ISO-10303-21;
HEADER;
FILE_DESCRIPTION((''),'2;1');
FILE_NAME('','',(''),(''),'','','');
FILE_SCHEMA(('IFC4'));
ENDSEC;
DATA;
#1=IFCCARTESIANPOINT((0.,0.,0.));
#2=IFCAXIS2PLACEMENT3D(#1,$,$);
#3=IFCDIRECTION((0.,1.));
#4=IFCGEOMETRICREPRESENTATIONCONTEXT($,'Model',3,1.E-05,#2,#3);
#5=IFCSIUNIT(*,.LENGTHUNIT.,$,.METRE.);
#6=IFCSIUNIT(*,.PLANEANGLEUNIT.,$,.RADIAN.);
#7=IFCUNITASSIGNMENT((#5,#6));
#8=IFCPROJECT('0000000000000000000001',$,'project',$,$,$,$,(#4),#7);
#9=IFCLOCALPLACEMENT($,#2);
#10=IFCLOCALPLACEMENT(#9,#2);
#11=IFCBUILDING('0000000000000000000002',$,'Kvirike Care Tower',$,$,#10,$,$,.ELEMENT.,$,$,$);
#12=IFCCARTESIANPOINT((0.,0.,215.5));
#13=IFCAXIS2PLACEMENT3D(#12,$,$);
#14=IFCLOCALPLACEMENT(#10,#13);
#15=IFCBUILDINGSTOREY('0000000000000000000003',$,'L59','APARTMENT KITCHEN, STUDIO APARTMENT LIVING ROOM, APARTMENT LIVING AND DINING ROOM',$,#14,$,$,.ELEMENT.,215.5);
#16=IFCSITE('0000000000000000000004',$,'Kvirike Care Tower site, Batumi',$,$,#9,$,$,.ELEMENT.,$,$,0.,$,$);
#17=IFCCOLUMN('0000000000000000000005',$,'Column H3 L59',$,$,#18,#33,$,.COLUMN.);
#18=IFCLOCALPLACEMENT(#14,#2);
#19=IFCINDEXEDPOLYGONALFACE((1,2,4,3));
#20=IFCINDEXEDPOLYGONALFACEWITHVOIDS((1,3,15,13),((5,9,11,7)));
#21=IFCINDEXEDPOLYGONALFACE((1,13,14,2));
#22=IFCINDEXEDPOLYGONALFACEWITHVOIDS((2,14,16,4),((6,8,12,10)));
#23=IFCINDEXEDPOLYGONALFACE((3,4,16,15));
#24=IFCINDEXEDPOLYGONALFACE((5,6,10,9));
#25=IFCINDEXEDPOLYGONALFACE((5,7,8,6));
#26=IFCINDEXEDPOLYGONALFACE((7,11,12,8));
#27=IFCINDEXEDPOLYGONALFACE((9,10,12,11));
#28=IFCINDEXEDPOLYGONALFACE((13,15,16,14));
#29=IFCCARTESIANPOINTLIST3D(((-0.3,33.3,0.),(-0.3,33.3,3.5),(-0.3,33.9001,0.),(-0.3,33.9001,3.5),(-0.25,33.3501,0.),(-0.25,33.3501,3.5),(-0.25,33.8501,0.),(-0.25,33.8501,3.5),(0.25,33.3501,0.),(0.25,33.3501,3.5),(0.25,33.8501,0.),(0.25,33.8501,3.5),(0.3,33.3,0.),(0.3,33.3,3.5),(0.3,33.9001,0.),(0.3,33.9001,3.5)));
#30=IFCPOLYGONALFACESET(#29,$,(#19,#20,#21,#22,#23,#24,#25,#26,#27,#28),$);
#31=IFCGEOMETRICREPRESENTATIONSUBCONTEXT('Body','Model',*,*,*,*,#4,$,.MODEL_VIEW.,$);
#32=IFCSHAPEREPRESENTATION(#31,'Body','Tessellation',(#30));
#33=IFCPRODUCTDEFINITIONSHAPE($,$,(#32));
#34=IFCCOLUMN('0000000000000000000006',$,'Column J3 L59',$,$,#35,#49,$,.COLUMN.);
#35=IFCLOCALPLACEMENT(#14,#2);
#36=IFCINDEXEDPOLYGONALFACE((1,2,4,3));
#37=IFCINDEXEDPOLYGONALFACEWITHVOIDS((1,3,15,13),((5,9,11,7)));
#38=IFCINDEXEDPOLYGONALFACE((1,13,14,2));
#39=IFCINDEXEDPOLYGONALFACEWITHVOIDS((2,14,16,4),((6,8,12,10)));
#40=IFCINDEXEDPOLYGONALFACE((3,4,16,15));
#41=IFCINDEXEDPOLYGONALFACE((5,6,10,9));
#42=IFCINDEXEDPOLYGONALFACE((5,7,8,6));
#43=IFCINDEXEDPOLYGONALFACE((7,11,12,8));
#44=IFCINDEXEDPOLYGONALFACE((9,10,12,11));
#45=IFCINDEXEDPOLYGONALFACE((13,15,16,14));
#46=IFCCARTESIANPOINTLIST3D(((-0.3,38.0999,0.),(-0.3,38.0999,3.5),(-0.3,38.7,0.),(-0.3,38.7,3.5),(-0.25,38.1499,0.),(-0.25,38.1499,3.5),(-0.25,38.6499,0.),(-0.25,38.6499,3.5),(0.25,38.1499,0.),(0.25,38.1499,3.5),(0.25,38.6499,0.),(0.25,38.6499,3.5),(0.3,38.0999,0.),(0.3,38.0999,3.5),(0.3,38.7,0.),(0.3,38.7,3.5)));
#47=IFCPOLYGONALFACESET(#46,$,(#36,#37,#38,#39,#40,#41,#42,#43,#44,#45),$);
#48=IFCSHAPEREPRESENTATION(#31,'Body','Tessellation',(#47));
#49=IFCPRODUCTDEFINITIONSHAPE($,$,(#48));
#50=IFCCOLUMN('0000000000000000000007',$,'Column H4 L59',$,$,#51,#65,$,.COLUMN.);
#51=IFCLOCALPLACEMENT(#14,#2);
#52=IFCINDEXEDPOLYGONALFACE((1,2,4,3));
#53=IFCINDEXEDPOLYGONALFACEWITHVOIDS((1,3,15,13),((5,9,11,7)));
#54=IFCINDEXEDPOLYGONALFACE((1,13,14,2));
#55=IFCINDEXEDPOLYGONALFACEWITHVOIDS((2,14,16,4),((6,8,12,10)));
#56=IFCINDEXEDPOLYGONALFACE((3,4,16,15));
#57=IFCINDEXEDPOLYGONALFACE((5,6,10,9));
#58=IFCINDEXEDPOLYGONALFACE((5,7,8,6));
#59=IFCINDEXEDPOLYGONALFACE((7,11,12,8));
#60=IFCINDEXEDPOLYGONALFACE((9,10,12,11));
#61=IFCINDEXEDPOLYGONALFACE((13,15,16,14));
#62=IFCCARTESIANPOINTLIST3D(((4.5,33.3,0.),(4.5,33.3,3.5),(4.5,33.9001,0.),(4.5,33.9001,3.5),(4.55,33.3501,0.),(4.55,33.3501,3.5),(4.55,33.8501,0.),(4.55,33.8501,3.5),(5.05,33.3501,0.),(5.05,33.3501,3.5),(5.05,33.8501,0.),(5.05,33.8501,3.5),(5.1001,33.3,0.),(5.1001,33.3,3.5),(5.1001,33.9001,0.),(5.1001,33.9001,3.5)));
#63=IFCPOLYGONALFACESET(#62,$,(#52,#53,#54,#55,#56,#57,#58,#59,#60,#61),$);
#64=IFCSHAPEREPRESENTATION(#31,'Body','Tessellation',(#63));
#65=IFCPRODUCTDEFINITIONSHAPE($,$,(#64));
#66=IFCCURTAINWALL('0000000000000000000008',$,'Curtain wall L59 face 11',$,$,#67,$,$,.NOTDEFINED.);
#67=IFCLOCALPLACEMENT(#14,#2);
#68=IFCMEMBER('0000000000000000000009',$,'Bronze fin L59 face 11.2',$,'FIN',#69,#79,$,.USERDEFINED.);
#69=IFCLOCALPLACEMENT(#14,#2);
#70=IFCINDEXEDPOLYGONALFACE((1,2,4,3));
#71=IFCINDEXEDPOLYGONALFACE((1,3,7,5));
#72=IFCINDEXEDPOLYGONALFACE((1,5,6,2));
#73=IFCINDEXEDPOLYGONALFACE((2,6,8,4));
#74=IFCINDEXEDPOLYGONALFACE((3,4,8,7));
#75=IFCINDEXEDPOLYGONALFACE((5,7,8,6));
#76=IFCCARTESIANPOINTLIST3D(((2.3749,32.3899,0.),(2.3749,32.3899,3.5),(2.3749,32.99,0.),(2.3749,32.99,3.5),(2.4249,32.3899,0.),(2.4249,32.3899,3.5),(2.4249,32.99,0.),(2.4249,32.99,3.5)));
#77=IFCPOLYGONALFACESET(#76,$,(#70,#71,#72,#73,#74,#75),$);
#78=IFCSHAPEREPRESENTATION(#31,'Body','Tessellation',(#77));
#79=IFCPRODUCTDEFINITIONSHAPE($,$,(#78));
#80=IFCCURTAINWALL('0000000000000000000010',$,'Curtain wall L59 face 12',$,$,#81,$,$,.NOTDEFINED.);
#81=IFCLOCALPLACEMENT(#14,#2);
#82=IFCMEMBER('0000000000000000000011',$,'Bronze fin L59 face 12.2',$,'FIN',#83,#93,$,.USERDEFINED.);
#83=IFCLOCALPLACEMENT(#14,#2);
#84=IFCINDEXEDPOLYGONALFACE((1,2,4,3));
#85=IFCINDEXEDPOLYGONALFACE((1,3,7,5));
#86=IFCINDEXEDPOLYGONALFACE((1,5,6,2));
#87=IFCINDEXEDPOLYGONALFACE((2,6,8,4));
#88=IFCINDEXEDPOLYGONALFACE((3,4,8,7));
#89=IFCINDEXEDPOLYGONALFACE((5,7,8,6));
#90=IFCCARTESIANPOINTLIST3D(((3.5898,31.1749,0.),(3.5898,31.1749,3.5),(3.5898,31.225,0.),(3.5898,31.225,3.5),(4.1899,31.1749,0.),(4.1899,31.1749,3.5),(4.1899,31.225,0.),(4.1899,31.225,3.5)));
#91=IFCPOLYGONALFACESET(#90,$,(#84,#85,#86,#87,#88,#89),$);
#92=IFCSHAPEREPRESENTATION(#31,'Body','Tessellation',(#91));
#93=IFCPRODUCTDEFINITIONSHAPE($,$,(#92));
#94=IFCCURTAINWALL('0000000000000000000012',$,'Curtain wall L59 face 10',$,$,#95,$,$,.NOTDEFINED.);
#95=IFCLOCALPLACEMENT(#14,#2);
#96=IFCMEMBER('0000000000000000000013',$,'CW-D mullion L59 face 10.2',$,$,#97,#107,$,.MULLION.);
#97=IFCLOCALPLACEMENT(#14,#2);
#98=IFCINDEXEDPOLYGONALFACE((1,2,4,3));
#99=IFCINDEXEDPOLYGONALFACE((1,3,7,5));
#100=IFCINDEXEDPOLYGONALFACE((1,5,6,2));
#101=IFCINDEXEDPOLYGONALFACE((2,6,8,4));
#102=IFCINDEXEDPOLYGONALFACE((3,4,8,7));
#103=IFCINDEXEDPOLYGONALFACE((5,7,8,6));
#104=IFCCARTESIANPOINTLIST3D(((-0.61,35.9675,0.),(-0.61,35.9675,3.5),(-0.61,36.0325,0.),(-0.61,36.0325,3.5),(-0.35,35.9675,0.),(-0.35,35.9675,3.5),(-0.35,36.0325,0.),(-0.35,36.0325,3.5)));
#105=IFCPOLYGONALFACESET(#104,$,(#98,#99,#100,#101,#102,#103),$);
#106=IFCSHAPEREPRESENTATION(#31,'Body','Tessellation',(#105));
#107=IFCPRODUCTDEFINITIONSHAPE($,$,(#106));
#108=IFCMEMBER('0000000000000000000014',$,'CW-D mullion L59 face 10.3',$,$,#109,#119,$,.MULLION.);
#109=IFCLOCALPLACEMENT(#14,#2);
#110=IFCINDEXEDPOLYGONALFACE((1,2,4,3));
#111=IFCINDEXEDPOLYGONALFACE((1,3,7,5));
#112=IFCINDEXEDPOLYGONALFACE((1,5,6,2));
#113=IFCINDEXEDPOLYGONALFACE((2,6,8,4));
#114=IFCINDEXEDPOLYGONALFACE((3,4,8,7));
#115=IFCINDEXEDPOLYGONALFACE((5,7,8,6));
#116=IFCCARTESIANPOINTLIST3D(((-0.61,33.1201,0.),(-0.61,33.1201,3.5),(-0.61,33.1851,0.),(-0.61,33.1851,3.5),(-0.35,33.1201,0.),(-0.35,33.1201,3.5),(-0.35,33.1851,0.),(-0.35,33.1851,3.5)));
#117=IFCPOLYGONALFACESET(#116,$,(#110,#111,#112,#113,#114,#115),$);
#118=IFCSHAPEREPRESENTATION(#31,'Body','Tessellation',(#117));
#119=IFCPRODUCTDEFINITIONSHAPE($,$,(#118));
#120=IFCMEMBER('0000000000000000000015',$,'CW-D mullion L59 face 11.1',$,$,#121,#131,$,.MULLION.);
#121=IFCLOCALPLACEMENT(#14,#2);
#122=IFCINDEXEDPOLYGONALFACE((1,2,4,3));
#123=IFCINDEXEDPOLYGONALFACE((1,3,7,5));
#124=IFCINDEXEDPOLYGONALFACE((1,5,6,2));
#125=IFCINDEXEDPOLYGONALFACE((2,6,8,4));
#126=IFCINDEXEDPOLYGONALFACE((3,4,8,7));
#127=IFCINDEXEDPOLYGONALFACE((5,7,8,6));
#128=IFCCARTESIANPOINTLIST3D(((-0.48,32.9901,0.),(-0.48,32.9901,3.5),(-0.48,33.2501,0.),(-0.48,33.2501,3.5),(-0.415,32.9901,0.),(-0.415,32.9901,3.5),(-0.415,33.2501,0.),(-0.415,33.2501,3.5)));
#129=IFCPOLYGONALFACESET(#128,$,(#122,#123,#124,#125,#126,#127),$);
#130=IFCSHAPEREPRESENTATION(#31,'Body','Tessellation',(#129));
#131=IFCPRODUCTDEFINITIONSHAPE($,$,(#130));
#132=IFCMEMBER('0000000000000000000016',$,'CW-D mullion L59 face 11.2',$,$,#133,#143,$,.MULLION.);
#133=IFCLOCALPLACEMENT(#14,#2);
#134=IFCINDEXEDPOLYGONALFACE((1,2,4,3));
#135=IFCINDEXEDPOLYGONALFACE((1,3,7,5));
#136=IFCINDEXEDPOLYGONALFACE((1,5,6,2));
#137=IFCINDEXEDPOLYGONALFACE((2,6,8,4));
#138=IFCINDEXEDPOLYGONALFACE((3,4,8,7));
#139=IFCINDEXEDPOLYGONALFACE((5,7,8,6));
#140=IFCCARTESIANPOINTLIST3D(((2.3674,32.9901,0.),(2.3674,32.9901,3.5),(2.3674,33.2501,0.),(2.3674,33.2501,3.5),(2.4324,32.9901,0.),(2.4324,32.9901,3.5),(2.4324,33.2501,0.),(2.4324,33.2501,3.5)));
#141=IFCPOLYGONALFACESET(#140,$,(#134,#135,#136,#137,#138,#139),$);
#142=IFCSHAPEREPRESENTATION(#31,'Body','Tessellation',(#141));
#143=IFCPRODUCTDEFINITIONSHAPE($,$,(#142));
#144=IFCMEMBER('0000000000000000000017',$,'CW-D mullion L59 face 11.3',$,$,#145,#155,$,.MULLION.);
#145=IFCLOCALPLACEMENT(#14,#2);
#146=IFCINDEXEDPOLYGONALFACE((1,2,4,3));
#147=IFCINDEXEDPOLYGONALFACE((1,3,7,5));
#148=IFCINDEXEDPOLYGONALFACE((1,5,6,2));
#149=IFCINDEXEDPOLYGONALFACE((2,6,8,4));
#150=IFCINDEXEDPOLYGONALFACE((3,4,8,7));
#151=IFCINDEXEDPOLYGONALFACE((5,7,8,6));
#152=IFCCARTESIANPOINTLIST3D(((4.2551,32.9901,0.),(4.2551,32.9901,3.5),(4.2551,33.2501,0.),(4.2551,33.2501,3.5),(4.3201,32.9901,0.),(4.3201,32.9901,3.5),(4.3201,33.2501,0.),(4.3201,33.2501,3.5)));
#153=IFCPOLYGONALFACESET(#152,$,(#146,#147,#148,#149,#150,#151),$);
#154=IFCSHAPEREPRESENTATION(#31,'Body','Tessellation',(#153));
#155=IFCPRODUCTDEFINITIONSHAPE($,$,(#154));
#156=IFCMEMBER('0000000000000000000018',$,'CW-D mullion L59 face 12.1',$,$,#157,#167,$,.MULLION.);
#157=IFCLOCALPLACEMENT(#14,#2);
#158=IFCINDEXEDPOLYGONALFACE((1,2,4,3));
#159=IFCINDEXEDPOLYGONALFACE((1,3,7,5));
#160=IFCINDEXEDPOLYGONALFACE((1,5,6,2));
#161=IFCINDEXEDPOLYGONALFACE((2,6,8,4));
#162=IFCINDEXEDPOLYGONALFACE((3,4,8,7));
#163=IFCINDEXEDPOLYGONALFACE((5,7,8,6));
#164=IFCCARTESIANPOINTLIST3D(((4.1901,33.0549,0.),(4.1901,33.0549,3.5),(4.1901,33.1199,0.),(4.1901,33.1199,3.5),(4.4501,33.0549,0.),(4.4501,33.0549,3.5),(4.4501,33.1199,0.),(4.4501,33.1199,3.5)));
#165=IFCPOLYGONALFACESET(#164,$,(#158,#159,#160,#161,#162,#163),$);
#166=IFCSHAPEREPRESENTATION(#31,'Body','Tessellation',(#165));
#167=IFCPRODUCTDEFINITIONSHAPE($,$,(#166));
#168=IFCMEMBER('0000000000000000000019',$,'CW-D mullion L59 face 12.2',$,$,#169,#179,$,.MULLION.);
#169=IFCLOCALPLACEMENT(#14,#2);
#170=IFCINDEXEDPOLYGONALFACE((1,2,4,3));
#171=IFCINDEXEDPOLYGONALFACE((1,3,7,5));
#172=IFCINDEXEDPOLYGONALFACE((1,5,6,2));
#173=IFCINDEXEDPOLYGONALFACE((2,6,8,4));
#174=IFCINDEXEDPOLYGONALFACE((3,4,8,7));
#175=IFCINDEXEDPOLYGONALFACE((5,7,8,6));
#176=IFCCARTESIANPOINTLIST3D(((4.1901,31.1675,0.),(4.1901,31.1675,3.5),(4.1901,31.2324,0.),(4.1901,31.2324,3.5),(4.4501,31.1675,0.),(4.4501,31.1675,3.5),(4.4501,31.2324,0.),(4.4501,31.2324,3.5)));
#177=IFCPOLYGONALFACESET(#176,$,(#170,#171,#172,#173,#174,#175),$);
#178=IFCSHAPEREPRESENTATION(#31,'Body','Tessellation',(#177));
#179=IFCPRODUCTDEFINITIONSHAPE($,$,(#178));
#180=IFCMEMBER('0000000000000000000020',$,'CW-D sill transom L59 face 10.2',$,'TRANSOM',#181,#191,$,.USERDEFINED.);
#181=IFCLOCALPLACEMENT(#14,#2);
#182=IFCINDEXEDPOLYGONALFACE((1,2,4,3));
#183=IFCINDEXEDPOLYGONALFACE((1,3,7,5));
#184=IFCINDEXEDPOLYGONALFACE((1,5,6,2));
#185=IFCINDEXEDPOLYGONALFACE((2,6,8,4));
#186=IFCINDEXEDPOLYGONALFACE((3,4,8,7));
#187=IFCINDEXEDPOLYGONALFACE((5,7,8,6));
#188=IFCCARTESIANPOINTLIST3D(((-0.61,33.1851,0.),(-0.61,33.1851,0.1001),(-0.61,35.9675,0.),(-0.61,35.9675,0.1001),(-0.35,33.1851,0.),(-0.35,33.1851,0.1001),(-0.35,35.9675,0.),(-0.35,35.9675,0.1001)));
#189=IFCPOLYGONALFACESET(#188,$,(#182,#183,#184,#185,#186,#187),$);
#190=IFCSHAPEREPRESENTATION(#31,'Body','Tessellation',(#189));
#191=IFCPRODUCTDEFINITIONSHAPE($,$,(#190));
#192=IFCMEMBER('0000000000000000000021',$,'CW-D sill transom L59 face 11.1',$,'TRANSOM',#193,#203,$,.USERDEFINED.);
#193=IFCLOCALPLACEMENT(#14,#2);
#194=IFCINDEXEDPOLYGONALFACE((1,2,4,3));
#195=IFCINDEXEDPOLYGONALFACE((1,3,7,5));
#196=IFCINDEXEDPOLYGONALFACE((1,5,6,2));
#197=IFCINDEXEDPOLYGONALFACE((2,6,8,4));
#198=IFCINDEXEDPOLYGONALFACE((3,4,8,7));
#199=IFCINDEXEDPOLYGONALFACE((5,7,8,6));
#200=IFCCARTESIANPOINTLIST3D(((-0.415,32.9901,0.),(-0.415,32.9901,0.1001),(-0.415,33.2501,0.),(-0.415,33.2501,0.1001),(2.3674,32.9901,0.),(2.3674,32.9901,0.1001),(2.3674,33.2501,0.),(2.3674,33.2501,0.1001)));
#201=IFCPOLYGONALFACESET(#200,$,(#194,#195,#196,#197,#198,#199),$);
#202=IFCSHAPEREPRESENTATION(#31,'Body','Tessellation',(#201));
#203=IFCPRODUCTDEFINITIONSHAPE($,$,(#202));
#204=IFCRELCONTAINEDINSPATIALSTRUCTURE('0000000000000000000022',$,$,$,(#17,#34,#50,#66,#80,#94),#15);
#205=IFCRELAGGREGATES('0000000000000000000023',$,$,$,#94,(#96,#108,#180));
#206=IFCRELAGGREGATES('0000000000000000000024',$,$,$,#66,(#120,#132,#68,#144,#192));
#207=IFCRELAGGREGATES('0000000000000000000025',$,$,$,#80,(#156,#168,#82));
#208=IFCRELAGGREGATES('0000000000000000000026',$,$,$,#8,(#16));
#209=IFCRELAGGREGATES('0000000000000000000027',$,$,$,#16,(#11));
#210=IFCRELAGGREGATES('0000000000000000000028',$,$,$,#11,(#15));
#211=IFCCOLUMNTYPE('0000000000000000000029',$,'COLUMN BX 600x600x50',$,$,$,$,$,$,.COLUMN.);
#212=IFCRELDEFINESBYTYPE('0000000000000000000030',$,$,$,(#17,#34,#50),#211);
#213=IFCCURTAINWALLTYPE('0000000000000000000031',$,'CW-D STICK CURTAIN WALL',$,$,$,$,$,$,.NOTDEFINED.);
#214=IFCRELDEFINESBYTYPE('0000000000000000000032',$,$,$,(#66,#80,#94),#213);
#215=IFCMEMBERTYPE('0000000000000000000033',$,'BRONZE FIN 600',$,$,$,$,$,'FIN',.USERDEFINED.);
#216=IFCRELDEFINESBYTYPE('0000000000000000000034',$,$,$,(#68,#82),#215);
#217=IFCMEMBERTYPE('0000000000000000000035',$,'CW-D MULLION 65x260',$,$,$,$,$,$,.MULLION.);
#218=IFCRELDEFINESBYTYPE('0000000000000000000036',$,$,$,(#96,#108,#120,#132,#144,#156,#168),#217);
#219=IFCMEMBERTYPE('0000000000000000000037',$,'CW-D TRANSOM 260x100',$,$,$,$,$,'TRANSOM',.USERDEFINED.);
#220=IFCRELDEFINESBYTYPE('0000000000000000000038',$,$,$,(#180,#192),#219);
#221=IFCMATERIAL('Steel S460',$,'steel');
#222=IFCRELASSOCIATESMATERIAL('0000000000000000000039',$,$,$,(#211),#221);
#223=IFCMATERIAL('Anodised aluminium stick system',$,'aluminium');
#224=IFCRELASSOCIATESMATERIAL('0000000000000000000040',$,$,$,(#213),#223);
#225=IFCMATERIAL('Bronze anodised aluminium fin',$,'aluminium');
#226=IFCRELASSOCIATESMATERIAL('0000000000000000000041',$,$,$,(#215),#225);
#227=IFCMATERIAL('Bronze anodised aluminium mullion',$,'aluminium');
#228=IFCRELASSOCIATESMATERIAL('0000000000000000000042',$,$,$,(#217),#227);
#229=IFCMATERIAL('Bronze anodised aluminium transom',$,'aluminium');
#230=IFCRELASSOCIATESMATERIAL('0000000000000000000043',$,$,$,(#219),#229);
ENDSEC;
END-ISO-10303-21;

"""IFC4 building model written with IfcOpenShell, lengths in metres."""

from ifc_helpers import new_model, si_unit, direction, frame, origin, origin_2d, place, context, subcontext, project, spatial, rectangle, hollow_rectangle, extrude, material, material_profile, profile_set, type_object, element, aggregate, save


model = new_model("IFC4")

# Units and contexts
model_context = context("Model", 3, precision=1e-05, world=origin(), true_north=direction((0.0, 1.0)))
body_context = subcontext(model_context, "Body", "Model", "MODEL_VIEW")
ifc_project = project(units=[si_unit("LENGTHUNIT", "METRE"), si_unit("PLANEANGLEUNIT", "RADIAN")], contexts=[model_context])

# Site, building, storey
site_placement = place(None, origin())
site = spatial("IfcSite", under=ifc_project, at=site_placement, Name="Kvirike Care Tower site, Batumi", CompositionType="ELEMENT", RefElevation=0.0)
building_placement = place(site_placement, origin())
building = spatial("IfcBuilding", under=site, at=building_placement, Name="Kvirike Care Tower", CompositionType="ELEMENT")
storey_placement = place(building_placement, frame((0.0, 0.0, 215.5)))
storey = spatial("IfcBuildingStorey", under=building, at=storey_placement, Name="L59", Description="APARTMENT KITCHEN, STUDIO APARTMENT LIVING ROOM, APARTMENT LIVING AND DINING ROOM", CompositionType="ELEMENT", Elevation=215.5)

# Columns
ifc_material_1 = material(Name="Steel S460", Category="steel")
ifc_material_profile_1 = material_profile(ifc_material_1, hollow_rectangle(XDim=0.6001, YDim=0.6001, WallThickness=0.05, at=origin_2d()), Name="BX 600x600x50")
ifc_profile_set_1 = profile_set([ifc_material_profile_1], Name="Steel S460")
column_type = type_object("IfcColumnType", Name="COLUMN BX 600x600x50", PredefinedType="COLUMN", material=ifc_profile_set_1)
for number, where, z_axis, x_axis, name in (
    (1, (0.0, 33.6001, 0.0), (0.0, 0.0, 1.0), (0.0, 1.0, 0.0), "Column H3 L59"),
    (2, (0.0, 38.3999, 0.0), (0.0, 0.0, 1.0), (0.0, 1.0, 0.0), "Column J3 L59"),
    (3, (4.8, 33.6001, 0.0), (0.0, 0.0, 1.0), (0.0, 1.0, 0.0), "Column H4 L59"),
):
    element("IfcColumn", number, at=place(storey_placement, frame(where, z_axis=z_axis, x_axis=x_axis)), inside=storey, type_object=column_type, Name=name, PredefinedType="COLUMN", context=body_context, shape_type="SweptSolid", body=[
        extrude(hollow_rectangle(XDim=0.6001, YDim=0.6001, WallThickness=0.05, at=origin_2d()), origin(), (0.0, 0.0, 1.0), 3.5),
    ])

# Curtain walls, members
ifc_material_2 = material(Name="Anodised aluminium stick system", Category="aluminium")
curtain_wall_type = type_object("IfcCurtainWallType", Name="CW-D STICK CURTAIN WALL", PredefinedType="NOTDEFINED", material=ifc_material_2)
curtain_wall_1_placement = place(storey_placement, origin())
curtain_wall_1 = element("IfcCurtainWall", 4, at=curtain_wall_1_placement, inside=storey, type_object=curtain_wall_type, Name="Curtain wall L59 face 11", PredefinedType="NOTDEFINED")
ifc_material_3 = material(Name="Bronze anodised aluminium fin", Category="aluminium")
ifc_material_profile_2 = material_profile(ifc_material_3, rectangle(XDim=0.05, YDim=0.6001, at=origin_2d()), Name="BRONZE FIN 600")
ifc_profile_set_2 = profile_set([ifc_material_profile_2], Name="Bronze anodised aluminium fin")
member_type_1 = type_object("IfcMemberType", Name="BRONZE FIN 600", ElementType="FIN", PredefinedType="USERDEFINED", material=ifc_profile_set_2)
member_1_placement = place(storey_placement, frame((2.3999, 32.6899, 0.0), z_axis=(0.0, 0.0, 1.0), x_axis=(1.0, 0.0, 0.0)))
member_1 = element("IfcMember", 5, at=member_1_placement, type_object=member_type_1, Name="Bronze fin L59 face 11.2", ObjectType="FIN", PredefinedType="USERDEFINED", context=body_context, shape_type="SweptSolid", body=[
    extrude(rectangle(XDim=0.05, YDim=0.6001, at=origin_2d()), origin(), (0.0, 0.0, 1.0), 3.5),
])
curtain_wall_2_placement = place(storey_placement, origin())
curtain_wall_2 = element("IfcCurtainWall", 6, at=curtain_wall_2_placement, inside=storey, type_object=curtain_wall_type, Name="Curtain wall L59 face 12", PredefinedType="NOTDEFINED")
member_2_placement = place(storey_placement, frame((3.8899, 31.2, 0.0), z_axis=(0.0, 0.0, 1.0), x_axis=(0.0, -1.0, 0.0)))
member_2 = element("IfcMember", 7, at=member_2_placement, type_object=member_type_1, Name="Bronze fin L59 face 12.2", ObjectType="FIN", PredefinedType="USERDEFINED", context=body_context, shape_type="SweptSolid", body=[
    extrude(rectangle(XDim=0.05, YDim=0.6001, at=origin_2d()), origin(), (0.0, 0.0, 1.0), 3.5),
])

# Curtain wall, members
curtain_wall_3_placement = place(storey_placement, origin())
curtain_wall_3 = element("IfcCurtainWall", 8, at=curtain_wall_3_placement, inside=storey, type_object=curtain_wall_type, Name="Curtain wall L59 face 10", PredefinedType="NOTDEFINED")
ifc_material_4 = material(Name="Bronze anodised aluminium mullion", Category="aluminium")
ifc_material_profile_3 = material_profile(ifc_material_4, rectangle(XDim=0.0649, YDim=0.26, at=origin_2d()), Name="CW-D MULLION 65x260")
ifc_profile_set_3 = profile_set([ifc_material_profile_3], Name="Bronze anodised aluminium mullion")
member_type_2 = type_object("IfcMemberType", Name="CW-D MULLION 65x260", PredefinedType="MULLION", material=ifc_profile_set_3)
member_3_placement = place(storey_placement, frame((-0.48, 36.0, 0.0), z_axis=(0.0, 0.0, 1.0), x_axis=(0.0, -1.0, 0.0)))
member_3 = element("IfcMember", 9, at=member_3_placement, type_object=member_type_2, Name="CW-D mullion L59 face 10.2", PredefinedType="MULLION", context=body_context, shape_type="SweptSolid", body=[
    extrude(rectangle(XDim=0.0649, YDim=0.26, at=origin_2d()), origin(), (0.0, 0.0, 1.0), 3.5),
])
member_4_placement = place(storey_placement, frame((-0.48, 33.1526, 0.0), z_axis=(0.0, 0.0, 1.0), x_axis=(0.0, -1.0, 0.0)))
member_4 = element("IfcMember", 10, at=member_4_placement, type_object=member_type_2, Name="CW-D mullion L59 face 10.3", PredefinedType="MULLION", context=body_context, shape_type="SweptSolid", body=[
    extrude(rectangle(XDim=0.0649, YDim=0.26, at=origin_2d()), origin(), (0.0, 0.0, 1.0), 3.5),
])

# Members
member_5_placement = place(storey_placement, frame((-0.4475, 33.1201, 0.0), z_axis=(0.0, 0.0, 1.0), x_axis=(1.0, 0.0, 0.0)))
member_5 = element("IfcMember", 11, at=member_5_placement, type_object=member_type_2, Name="CW-D mullion L59 face 11.1", PredefinedType="MULLION", context=body_context, shape_type="SweptSolid", body=[
    extrude(rectangle(XDim=0.0649, YDim=0.26, at=origin_2d()), origin(), (0.0, 0.0, 1.0), 3.5),
])
member_6_placement = place(storey_placement, frame((2.3999, 33.1201, 0.0), z_axis=(0.0, 0.0, 1.0), x_axis=(1.0, 0.0, 0.0)))
member_6 = element("IfcMember", 12, at=member_6_placement, type_object=member_type_2, Name="CW-D mullion L59 face 11.2", PredefinedType="MULLION", context=body_context, shape_type="SweptSolid", body=[
    extrude(rectangle(XDim=0.0649, YDim=0.26, at=origin_2d()), origin(), (0.0, 0.0, 1.0), 3.5),
])
member_7_placement = place(storey_placement, frame((4.2876, 33.1201, 0.0), z_axis=(0.0, 0.0, 1.0), x_axis=(1.0, 0.0, 0.0)))
member_7 = element("IfcMember", 13, at=member_7_placement, type_object=member_type_2, Name="CW-D mullion L59 face 11.3", PredefinedType="MULLION", context=body_context, shape_type="SweptSolid", body=[
    extrude(rectangle(XDim=0.0649, YDim=0.26, at=origin_2d()), origin(), (0.0, 0.0, 1.0), 3.5),
])
member_8_placement = place(storey_placement, frame((4.3201, 33.0874, 0.0), z_axis=(0.0, 0.0, 1.0), x_axis=(0.0, -1.0, 0.0)))
member_8 = element("IfcMember", 14, at=member_8_placement, type_object=member_type_2, Name="CW-D mullion L59 face 12.1", PredefinedType="MULLION", context=body_context, shape_type="SweptSolid", body=[
    extrude(rectangle(XDim=0.0649, YDim=0.26, at=origin_2d()), origin(), (0.0, 0.0, 1.0), 3.5),
])
member_9_placement = place(storey_placement, frame((4.3201, 31.2, 0.0), z_axis=(0.0, 0.0, 1.0), x_axis=(0.0, -1.0, 0.0)))
member_9 = element("IfcMember", 15, at=member_9_placement, type_object=member_type_2, Name="CW-D mullion L59 face 12.2", PredefinedType="MULLION", context=body_context, shape_type="SweptSolid", body=[
    extrude(rectangle(XDim=0.0649, YDim=0.26, at=origin_2d()), origin(), (0.0, 0.0, 1.0), 3.5),
])
ifc_material_5 = material(Name="Bronze anodised aluminium transom", Category="aluminium")
ifc_material_profile_4 = material_profile(ifc_material_5, rectangle(XDim=0.26, YDim=0.1001, at=origin_2d()), Name="CW-D TRANSOM 260x100")
ifc_profile_set_4 = profile_set([ifc_material_profile_4], Name="Bronze anodised aluminium transom")
member_type_3 = type_object("IfcMemberType", Name="CW-D TRANSOM 260x100", ElementType="TRANSOM", PredefinedType="USERDEFINED", material=ifc_profile_set_4)
member_10_placement = place(storey_placement, frame((-0.48, 35.9675, 0.05), z_axis=(0.0, -1.0, 0.0), x_axis=(1.0, 0.0, 0.0)))
member_10 = element("IfcMember", 16, at=member_10_placement, type_object=member_type_3, Name="CW-D sill transom L59 face 10.2", ObjectType="TRANSOM", PredefinedType="USERDEFINED", context=body_context, shape_type="SweptSolid", body=[
    extrude(rectangle(XDim=0.26, YDim=0.1001, at=origin_2d()), origin(), (0.0, 0.0, 1.0), 2.7825),
])
member_11_placement = place(storey_placement, frame((-0.415, 33.1201, 0.05), z_axis=(1.0, 0.0, 0.0), x_axis=(0.0, 1.0, 0.0)))
member_11 = element("IfcMember", 17, at=member_11_placement, type_object=member_type_3, Name="CW-D sill transom L59 face 11.1", ObjectType="TRANSOM", PredefinedType="USERDEFINED", context=body_context, shape_type="SweptSolid", body=[
    extrude(rectangle(XDim=0.26, YDim=0.1001, at=origin_2d()), origin(), (0.0, 0.0, 1.0), 2.7825),
])

aggregate(curtain_wall_3, [member_3, member_4, member_10])
aggregate(curtain_wall_1, [member_5, member_6, member_1, member_7, member_11])
aggregate(curtain_wall_2, [member_8, member_9, member_2])

save(model, "model.ifc")
